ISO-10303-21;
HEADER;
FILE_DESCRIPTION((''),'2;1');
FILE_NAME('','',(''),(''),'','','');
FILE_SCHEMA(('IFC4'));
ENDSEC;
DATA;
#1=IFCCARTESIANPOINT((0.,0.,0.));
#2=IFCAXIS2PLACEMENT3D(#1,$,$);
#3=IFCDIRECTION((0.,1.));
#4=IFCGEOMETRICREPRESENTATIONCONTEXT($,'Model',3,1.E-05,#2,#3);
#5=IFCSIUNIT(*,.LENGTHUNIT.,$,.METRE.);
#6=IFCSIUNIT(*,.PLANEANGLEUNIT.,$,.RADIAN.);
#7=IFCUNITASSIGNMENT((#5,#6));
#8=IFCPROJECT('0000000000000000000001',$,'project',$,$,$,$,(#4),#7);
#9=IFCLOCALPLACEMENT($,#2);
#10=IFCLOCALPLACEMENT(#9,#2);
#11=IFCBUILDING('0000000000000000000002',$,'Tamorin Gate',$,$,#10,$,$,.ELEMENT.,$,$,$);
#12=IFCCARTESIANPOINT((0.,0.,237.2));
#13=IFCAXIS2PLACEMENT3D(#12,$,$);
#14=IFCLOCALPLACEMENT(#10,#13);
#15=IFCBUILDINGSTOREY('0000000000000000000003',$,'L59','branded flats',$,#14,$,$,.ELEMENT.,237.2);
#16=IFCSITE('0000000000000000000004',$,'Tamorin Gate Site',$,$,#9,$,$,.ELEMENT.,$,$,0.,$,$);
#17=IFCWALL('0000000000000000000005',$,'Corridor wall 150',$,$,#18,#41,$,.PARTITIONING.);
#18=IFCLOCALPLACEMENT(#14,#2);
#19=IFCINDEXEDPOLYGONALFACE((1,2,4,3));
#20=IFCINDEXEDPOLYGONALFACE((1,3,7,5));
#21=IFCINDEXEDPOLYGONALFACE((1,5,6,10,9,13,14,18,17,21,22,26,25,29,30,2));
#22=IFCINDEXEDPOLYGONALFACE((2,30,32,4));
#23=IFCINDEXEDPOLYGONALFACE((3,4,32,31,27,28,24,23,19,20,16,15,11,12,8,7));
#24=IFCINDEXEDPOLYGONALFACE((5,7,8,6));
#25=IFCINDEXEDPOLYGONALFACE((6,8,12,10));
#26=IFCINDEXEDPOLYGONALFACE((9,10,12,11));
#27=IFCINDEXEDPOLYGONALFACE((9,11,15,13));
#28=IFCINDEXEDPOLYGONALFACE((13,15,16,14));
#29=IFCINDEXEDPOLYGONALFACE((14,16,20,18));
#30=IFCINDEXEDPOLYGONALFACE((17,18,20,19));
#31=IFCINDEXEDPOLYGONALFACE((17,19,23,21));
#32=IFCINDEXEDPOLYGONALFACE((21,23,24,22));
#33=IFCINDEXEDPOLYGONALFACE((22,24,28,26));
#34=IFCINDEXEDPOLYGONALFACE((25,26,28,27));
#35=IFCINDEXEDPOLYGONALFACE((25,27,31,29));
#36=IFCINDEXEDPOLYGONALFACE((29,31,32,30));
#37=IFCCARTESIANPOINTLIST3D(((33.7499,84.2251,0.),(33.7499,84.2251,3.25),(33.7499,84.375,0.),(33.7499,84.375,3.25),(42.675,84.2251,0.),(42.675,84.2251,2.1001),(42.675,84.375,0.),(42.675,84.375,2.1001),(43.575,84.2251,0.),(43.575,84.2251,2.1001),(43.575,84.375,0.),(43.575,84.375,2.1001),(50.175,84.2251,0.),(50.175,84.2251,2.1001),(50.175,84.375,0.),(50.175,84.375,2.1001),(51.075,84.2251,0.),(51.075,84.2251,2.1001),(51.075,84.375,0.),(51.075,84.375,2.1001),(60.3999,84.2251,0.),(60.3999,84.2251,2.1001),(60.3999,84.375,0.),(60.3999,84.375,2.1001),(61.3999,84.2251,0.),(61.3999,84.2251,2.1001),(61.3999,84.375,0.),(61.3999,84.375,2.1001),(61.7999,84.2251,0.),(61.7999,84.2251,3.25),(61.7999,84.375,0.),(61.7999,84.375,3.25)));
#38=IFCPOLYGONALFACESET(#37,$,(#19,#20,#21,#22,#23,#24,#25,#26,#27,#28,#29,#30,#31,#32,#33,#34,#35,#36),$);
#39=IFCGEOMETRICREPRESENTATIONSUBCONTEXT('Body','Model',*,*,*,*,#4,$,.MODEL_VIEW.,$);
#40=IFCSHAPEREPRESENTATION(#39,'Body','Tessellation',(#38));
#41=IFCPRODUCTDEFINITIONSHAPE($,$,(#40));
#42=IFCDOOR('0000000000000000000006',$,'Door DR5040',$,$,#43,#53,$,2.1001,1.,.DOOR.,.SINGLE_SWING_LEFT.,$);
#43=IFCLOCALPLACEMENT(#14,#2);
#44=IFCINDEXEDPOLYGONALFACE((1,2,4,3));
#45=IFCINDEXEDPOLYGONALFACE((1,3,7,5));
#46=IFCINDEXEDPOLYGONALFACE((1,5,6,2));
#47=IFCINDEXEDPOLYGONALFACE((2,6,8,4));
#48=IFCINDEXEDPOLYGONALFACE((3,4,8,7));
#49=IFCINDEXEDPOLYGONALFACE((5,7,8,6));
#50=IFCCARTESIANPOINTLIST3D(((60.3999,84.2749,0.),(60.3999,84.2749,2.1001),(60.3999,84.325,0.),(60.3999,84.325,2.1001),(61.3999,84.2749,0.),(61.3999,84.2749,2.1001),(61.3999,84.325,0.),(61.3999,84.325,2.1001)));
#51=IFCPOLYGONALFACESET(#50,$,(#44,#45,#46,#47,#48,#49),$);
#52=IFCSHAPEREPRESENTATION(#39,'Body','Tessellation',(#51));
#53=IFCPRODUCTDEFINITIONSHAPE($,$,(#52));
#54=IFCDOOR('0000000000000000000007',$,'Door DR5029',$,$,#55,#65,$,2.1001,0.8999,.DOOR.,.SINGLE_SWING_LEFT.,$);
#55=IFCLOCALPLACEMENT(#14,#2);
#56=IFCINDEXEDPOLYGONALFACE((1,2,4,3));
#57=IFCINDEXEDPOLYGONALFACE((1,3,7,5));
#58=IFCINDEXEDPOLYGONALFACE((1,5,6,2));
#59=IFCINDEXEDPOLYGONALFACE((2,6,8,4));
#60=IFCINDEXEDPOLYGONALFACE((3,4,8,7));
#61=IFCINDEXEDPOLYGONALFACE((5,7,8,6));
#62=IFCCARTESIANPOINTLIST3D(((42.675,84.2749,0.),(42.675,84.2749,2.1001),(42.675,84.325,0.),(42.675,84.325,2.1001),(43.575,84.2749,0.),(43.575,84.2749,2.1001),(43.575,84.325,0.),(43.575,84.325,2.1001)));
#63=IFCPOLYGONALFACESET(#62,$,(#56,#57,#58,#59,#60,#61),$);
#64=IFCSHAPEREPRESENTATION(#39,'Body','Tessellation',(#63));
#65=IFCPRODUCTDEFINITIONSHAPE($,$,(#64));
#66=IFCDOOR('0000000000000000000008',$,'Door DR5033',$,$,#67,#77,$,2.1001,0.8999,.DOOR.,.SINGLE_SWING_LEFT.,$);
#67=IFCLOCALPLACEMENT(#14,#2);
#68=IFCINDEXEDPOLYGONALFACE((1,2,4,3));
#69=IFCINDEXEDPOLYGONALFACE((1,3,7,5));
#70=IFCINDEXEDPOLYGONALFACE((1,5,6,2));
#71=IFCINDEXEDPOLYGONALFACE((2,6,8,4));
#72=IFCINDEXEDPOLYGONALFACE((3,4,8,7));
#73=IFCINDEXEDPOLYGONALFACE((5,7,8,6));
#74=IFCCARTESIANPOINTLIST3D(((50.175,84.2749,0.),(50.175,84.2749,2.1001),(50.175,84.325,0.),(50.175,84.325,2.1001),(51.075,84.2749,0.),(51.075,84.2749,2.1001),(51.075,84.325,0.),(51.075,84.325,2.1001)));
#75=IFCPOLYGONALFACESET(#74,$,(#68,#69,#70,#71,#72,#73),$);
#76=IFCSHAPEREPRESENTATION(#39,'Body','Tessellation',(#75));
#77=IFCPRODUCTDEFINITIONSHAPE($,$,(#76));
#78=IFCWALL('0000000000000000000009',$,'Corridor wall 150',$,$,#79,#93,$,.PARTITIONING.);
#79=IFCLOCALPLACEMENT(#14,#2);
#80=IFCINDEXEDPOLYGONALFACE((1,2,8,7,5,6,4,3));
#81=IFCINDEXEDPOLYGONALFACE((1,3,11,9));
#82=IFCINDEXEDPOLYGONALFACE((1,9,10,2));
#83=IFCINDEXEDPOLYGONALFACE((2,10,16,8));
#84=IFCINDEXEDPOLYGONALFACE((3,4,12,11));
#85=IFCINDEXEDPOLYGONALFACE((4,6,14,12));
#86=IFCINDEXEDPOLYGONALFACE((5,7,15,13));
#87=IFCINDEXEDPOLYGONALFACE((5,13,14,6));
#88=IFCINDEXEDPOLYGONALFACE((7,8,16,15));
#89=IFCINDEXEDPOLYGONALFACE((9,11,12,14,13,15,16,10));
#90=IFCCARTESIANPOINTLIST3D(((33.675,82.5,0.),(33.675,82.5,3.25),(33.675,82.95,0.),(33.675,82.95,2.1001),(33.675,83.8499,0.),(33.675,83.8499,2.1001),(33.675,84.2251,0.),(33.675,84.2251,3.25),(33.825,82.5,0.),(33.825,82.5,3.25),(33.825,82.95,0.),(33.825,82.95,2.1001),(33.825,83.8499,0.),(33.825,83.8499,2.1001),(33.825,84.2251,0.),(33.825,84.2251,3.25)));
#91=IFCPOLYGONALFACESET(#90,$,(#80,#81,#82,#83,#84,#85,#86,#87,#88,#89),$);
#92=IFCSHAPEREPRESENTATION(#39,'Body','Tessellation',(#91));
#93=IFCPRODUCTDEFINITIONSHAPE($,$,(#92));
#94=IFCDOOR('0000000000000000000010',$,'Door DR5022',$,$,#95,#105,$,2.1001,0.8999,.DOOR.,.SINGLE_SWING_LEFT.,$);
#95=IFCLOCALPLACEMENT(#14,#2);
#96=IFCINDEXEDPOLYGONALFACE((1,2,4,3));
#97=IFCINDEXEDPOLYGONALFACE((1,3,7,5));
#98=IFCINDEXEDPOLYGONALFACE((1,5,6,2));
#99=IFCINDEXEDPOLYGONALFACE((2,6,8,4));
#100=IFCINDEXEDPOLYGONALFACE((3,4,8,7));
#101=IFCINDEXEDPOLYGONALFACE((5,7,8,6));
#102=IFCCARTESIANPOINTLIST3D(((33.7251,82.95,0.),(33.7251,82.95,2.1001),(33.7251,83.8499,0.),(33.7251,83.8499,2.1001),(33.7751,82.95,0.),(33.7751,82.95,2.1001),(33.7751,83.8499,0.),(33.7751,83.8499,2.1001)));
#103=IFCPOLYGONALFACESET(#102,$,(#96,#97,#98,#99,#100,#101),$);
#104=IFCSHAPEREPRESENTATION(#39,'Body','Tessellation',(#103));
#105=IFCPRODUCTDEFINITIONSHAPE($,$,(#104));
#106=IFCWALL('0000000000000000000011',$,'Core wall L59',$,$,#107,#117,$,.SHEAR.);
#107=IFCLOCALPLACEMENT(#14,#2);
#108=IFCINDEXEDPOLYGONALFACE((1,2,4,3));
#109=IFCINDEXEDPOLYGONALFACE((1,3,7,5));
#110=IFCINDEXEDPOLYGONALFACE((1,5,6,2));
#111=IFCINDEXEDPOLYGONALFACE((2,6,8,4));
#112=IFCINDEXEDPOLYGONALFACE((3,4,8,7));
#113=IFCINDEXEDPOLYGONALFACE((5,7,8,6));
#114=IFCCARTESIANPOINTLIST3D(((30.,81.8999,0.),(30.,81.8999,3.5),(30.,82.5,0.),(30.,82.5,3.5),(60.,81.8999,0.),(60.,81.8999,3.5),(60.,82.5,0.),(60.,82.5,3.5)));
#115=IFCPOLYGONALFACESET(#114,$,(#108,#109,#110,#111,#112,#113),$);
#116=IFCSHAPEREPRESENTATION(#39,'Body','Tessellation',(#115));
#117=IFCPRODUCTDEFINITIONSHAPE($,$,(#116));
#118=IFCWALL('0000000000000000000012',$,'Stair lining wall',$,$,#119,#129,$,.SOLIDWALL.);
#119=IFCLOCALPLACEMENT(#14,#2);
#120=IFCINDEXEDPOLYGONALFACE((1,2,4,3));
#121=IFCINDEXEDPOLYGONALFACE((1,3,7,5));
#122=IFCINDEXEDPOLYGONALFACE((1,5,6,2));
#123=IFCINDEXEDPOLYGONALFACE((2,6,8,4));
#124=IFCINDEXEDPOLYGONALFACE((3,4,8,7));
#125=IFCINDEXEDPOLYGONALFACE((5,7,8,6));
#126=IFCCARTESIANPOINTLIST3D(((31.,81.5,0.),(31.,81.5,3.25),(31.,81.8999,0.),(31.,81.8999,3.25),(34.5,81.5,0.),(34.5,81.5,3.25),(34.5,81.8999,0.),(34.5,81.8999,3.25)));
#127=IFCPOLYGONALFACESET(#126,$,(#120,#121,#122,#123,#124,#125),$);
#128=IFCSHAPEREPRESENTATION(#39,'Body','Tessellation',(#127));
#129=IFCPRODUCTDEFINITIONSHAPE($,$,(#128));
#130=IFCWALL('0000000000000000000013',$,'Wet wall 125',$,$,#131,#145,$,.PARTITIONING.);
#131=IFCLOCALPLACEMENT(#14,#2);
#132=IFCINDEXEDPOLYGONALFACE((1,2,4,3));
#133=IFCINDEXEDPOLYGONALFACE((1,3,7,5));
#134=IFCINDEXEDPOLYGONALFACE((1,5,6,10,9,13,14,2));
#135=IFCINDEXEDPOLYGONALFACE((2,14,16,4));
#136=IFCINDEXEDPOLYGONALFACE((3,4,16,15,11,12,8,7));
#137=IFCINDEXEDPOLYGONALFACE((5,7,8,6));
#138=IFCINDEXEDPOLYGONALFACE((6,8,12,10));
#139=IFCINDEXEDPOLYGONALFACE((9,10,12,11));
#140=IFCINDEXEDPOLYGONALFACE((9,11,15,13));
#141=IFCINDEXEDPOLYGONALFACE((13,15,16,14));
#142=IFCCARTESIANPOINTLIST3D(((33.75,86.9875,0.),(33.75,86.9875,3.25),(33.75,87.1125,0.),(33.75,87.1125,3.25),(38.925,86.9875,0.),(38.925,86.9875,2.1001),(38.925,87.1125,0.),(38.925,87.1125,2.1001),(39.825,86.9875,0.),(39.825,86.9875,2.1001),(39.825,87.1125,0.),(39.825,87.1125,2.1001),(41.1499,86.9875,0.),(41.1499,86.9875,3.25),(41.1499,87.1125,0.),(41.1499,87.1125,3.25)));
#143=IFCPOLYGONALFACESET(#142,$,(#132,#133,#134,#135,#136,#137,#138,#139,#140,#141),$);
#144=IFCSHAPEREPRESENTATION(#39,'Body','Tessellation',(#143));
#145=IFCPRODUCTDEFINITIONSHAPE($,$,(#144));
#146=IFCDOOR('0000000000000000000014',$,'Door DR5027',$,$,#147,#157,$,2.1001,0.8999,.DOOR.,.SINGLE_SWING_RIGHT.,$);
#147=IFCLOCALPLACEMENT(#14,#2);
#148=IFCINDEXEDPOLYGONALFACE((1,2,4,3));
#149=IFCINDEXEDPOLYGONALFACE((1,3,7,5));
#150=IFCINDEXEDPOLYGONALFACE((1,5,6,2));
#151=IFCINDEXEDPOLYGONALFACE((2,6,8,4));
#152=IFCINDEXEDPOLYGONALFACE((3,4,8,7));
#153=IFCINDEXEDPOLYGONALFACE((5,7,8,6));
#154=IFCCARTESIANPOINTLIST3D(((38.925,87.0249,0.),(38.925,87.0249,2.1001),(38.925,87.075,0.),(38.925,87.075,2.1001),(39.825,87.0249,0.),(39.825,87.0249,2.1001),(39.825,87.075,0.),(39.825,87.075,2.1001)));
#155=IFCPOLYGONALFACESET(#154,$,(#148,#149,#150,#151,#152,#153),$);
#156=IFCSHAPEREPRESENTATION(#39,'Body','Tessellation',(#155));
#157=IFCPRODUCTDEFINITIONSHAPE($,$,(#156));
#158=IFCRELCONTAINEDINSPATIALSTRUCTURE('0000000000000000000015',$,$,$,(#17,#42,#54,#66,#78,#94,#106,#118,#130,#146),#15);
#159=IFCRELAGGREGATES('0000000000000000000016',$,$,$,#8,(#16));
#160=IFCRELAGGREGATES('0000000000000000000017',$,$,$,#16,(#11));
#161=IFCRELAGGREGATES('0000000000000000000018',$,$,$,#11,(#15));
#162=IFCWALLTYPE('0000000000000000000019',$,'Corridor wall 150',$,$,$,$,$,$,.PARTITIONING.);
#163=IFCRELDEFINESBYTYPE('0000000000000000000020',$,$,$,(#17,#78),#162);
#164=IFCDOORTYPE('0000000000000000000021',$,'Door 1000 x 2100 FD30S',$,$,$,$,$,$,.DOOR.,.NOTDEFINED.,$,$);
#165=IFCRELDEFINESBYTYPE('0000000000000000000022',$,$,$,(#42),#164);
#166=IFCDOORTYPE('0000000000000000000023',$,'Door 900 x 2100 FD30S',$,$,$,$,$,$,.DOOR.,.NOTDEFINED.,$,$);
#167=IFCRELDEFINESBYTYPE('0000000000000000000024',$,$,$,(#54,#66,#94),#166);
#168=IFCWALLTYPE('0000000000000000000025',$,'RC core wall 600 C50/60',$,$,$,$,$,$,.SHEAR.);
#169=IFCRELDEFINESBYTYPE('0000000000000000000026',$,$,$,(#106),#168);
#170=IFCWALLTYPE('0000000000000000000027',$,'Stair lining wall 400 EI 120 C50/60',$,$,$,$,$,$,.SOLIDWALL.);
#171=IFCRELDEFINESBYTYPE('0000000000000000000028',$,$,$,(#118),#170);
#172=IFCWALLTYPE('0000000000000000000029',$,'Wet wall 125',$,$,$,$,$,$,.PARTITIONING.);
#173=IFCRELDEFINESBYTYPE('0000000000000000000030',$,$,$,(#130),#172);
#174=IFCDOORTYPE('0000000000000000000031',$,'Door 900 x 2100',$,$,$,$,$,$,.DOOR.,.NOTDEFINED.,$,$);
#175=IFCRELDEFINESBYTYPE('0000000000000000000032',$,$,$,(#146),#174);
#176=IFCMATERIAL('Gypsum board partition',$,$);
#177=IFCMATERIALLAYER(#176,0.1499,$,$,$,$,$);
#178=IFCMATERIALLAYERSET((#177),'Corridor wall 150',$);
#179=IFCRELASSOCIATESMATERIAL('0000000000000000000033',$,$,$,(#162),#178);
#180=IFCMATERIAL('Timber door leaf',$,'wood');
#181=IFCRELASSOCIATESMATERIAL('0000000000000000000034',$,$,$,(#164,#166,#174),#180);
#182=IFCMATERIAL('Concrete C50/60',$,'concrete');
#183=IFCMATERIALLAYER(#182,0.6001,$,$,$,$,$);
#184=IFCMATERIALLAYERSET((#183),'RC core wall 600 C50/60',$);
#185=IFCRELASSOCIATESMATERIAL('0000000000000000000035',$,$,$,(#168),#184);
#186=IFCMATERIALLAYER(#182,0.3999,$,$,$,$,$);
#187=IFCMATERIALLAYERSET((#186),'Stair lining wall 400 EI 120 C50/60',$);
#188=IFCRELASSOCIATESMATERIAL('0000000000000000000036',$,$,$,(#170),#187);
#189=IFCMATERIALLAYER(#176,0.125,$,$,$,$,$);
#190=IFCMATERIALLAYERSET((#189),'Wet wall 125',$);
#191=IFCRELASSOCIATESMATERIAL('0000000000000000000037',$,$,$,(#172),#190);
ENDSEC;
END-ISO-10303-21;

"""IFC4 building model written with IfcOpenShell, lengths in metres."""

from ifc_helpers import new_model, si_unit, direction, frame, frame_2d, origin, place, context, subcontext, project, spatial, rectangle, extrude, material, layer, layer_set, type_object, element, fill, save


model = new_model("IFC4")

# Units and contexts
model_context = context("Model", 3, precision=1e-05, world=origin(), true_north=direction((0.0, 1.0)))
body_context = subcontext(model_context, "Body", "Model", "MODEL_VIEW")
ifc_project = project(units=[si_unit("LENGTHUNIT", "METRE"), si_unit("PLANEANGLEUNIT", "RADIAN")], contexts=[model_context])

# Site, building, storey
site_placement = place(None, origin())
site = spatial("IfcSite", under=ifc_project, at=site_placement, Name="Tamorin Gate Site", CompositionType="ELEMENT", RefElevation=0.0)
building_placement = place(site_placement, origin())
building = spatial("IfcBuilding", under=site, at=building_placement, Name="Tamorin Gate", CompositionType="ELEMENT")
storey_placement = place(building_placement, frame((0.0, 0.0, 237.2)))
storey = spatial("IfcBuildingStorey", under=building, at=storey_placement, Name="L59", Description="branded flats", CompositionType="ELEMENT", Elevation=237.2)

# Wall, openings, doors
ifc_material_1 = material(Name="Gypsum board partition")
ifc_layer_1 = layer(ifc_material_1, 0.1499)
ifc_layer_set_1 = layer_set([ifc_layer_1], Name="Corridor wall 150")
wall_type_1 = type_object("IfcWallType", Name="Corridor wall 150", PredefinedType="PARTITIONING", material=ifc_layer_set_1)
wall_1_placement = place(storey_placement, frame((33.75, 84.3, 0.0), z_axis=(0.0, 0.0, 1.0), x_axis=(1.0, 0.0, 0.0)))
wall_1 = element("IfcWall", 1, at=wall_1_placement, inside=storey, type_object=wall_type_1, Name="Corridor wall 150", PredefinedType="PARTITIONING", context=body_context, shape_type="SweptSolid", body=[
    extrude(rectangle(XDim=28.05, YDim=0.1499, at=frame_2d((14.0249, 0.0))), origin(), (0.0, 0.0, 1.0), 3.25),
])
opening_1_placement = place(wall_1_placement, frame((8.925, 0.0, 0.0)))
opening_1 = element("IfcOpeningElement", 2, at=opening_1_placement, cuts=wall_1, PredefinedType="OPENING", context=body_context, shape_type="SweptSolid", body=[
    extrude(rectangle(XDim=0.8999, YDim=2.1001, at=frame_2d((0.45, 1.05))), frame((0.0, 0.085, 0.0), z_axis=(0.0, -1.0, 0.0), x_axis=(1.0, 0.0, 0.0)), (0.0, 0.0, 1.0), 0.1699),
])
opening_2_placement = place(wall_1_placement, frame((16.425, 0.0, 0.0)))
opening_2 = element("IfcOpeningElement", 3, at=opening_2_placement, cuts=wall_1, PredefinedType="OPENING", context=body_context, shape_type="SweptSolid", body=[
    extrude(rectangle(XDim=0.8999, YDim=2.1001, at=frame_2d((0.45, 1.05))), frame((0.0, 0.085, 0.0), z_axis=(0.0, -1.0, 0.0), x_axis=(1.0, 0.0, 0.0)), (0.0, 0.0, 1.0), 0.1699),
])
opening_3_placement = place(wall_1_placement, frame((26.6499, 0.0, 0.0)))
opening_3 = element("IfcOpeningElement", 4, at=opening_3_placement, cuts=wall_1, PredefinedType="OPENING", context=body_context, shape_type="SweptSolid", body=[
    extrude(rectangle(XDim=1.0, YDim=2.1001, at=frame_2d((0.5, 1.05))), frame((0.0, 0.085, 0.0), z_axis=(0.0, -1.0, 0.0), x_axis=(1.0, 0.0, 0.0)), (0.0, 0.0, 1.0), 0.1699),
])
ifc_material_2 = material(Name="Timber door leaf", Category="wood")
door_type_1 = type_object("IfcDoorType", Name="Door 1000 x 2100 FD30S", OperationType="NOTDEFINED", PredefinedType="DOOR", material=ifc_material_2)
door_1_placement = place(opening_3_placement, origin())
door_1 = element("IfcDoor", 5, at=door_1_placement, inside=storey, type_object=door_type_1, Name="Door DR5040", OperationType="SINGLE_SWING_LEFT", OverallHeight=2.1001, OverallWidth=1.0, PredefinedType="DOOR", context=body_context, shape_type="SweptSolid", body=[
    extrude(rectangle(XDim=1.0, YDim=2.1001, at=frame_2d((0.5, 1.05))), frame((0.0, 0.0249, 0.0), z_axis=(0.0, -1.0, 0.0), x_axis=(1.0, 0.0, 0.0)), (0.0, 0.0, 1.0), 0.05),
])
fill(opening_3, door_1)
door_type_2 = type_object("IfcDoorType", Name="Door 900 x 2100 FD30S", OperationType="NOTDEFINED", PredefinedType="DOOR", material=ifc_material_2)
door_2_placement = place(opening_1_placement, origin())
door_2 = element("IfcDoor", 6, at=door_2_placement, inside=storey, type_object=door_type_2, Name="Door DR5029", OperationType="SINGLE_SWING_LEFT", OverallHeight=2.1001, OverallWidth=0.8999, PredefinedType="DOOR", context=body_context, shape_type="SweptSolid", body=[
    extrude(rectangle(XDim=0.8999, YDim=2.1001, at=frame_2d((0.45, 1.05))), frame((0.0, 0.0249, 0.0), z_axis=(0.0, -1.0, 0.0), x_axis=(1.0, 0.0, 0.0)), (0.0, 0.0, 1.0), 0.05),
])
fill(opening_1, door_2)
door_3_placement = place(opening_2_placement, origin())
door_3 = element("IfcDoor", 7, at=door_3_placement, inside=storey, type_object=door_type_2, Name="Door DR5033", OperationType="SINGLE_SWING_LEFT", OverallHeight=2.1001, OverallWidth=0.8999, PredefinedType="DOOR", context=body_context, shape_type="SweptSolid", body=[
    extrude(rectangle(XDim=0.8999, YDim=2.1001, at=frame_2d((0.45, 1.05))), frame((0.0, 0.0249, 0.0), z_axis=(0.0, -1.0, 0.0), x_axis=(1.0, 0.0, 0.0)), (0.0, 0.0, 1.0), 0.05),
])
fill(opening_2, door_3)

# Wall, opening, door
wall_2_placement = place(storey_placement, frame((33.75, 82.5, 0.0), z_axis=(0.0, 0.0, 1.0), x_axis=(0.0, 1.0, 0.0)))
wall_2 = element("IfcWall", 8, at=wall_2_placement, inside=storey, type_object=wall_type_1, Name="Corridor wall 150", PredefinedType="PARTITIONING", context=body_context, shape_type="SweptSolid", body=[
    extrude(rectangle(XDim=1.7251, YDim=0.1499, at=frame_2d((0.8625, 0.0))), origin(), (0.0, 0.0, 1.0), 3.25),
])
opening_4_placement = place(wall_2_placement, frame((0.45, 0.0, 0.0)))
opening_4 = element("IfcOpeningElement", 9, at=opening_4_placement, cuts=wall_2, PredefinedType="OPENING", context=body_context, shape_type="SweptSolid", body=[
    extrude(rectangle(XDim=0.8999, YDim=2.1001, at=frame_2d((0.45, 1.05))), frame((0.0, 0.085, 0.0), z_axis=(0.0, -1.0, 0.0), x_axis=(1.0, 0.0, 0.0)), (0.0, 0.0, 1.0), 0.1699),
])
door_4_placement = place(opening_4_placement, origin())
door_4 = element("IfcDoor", 10, at=door_4_placement, inside=storey, type_object=door_type_2, Name="Door DR5022", OperationType="SINGLE_SWING_LEFT", OverallHeight=2.1001, OverallWidth=0.8999, PredefinedType="DOOR", context=body_context, shape_type="SweptSolid", body=[
    extrude(rectangle(XDim=0.8999, YDim=2.1001, at=frame_2d((0.45, 1.05))), frame((0.0, 0.0249, 0.0), z_axis=(0.0, -1.0, 0.0), x_axis=(1.0, 0.0, 0.0)), (0.0, 0.0, 1.0), 0.05),
])
fill(opening_4, door_4)

# Walls
ifc_material_3 = material(Name="Concrete C50/60", Category="concrete")
ifc_layer_2 = layer(ifc_material_3, 0.6001)
ifc_layer_set_2 = layer_set([ifc_layer_2], Name="RC core wall 600 C50/60")
wall_type_2 = type_object("IfcWallType", Name="RC core wall 600 C50/60", PredefinedType="SHEAR", material=ifc_layer_set_2)
wall_3_placement = place(storey_placement, frame((30.0, 82.2, 0.0), z_axis=(0.0, 0.0, 1.0), x_axis=(1.0, 0.0, 0.0)))
element("IfcWall", 11, at=wall_3_placement, inside=storey, type_object=wall_type_2, Name="Core wall L59", PredefinedType="SHEAR", context=body_context, shape_type="SweptSolid", body=[
    extrude(rectangle(XDim=30.0, YDim=0.6001, at=frame_2d((15.0, 0.0))), origin(), (0.0, 0.0, 1.0), 3.5),
])
ifc_layer_3 = layer(ifc_material_3, 0.3999)
ifc_layer_set_3 = layer_set([ifc_layer_3], Name="Stair lining wall 400 EI 120 C50/60")
wall_type_3 = type_object("IfcWallType", Name="Stair lining wall 400 EI 120 C50/60", PredefinedType="SOLIDWALL", material=ifc_layer_set_3)
wall_4_placement = place(storey_placement, frame((31.0, 81.7, 0.0), z_axis=(0.0, 0.0, 1.0), x_axis=(1.0, 0.0, 0.0)))
element("IfcWall", 12, at=wall_4_placement, inside=storey, type_object=wall_type_3, Name="Stair lining wall", PredefinedType="SOLIDWALL", context=body_context, shape_type="SweptSolid", body=[
    extrude(rectangle(XDim=3.5, YDim=0.3999, at=frame_2d((1.75, 0.0))), origin(), (0.0, 0.0, 1.0), 3.25),
])

# Wall, opening, door
ifc_layer_4 = layer(ifc_material_1, 0.125)
ifc_layer_set_4 = layer_set([ifc_layer_4], Name="Wet wall 125")
wall_type_4 = type_object("IfcWallType", Name="Wet wall 125", PredefinedType="PARTITIONING", material=ifc_layer_set_4)
wall_5_placement = place(storey_placement, frame((33.75, 87.05, 0.0), z_axis=(0.0, 0.0, 1.0), x_axis=(1.0, 0.0, 0.0)))
wall_5 = element("IfcWall", 13, at=wall_5_placement, inside=storey, type_object=wall_type_4, Name="Wet wall 125", PredefinedType="PARTITIONING", context=body_context, shape_type="SweptSolid", body=[
    extrude(rectangle(XDim=7.3999, YDim=0.125, at=frame_2d((3.7, 0.0))), origin(), (0.0, 0.0, 1.0), 3.25),
])
opening_5_placement = place(wall_5_placement, frame((5.175, 0.0, 0.0)))
opening_5 = element("IfcOpeningElement", 14, at=opening_5_placement, cuts=wall_5, PredefinedType="OPENING", context=body_context, shape_type="SweptSolid", body=[
    extrude(rectangle(XDim=0.8999, YDim=2.1001, at=frame_2d((0.45, 1.05))), frame((0.0, 0.0725, 0.0), z_axis=(0.0, -1.0, 0.0), x_axis=(1.0, 0.0, 0.0)), (0.0, 0.0, 1.0), 0.145),
])
door_type_3 = type_object("IfcDoorType", Name="Door 900 x 2100", OperationType="NOTDEFINED", PredefinedType="DOOR", material=ifc_material_2)
door_5_placement = place(opening_5_placement, origin())
door_5 = element("IfcDoor", 15, at=door_5_placement, inside=storey, type_object=door_type_3, Name="Door DR5027", OperationType="SINGLE_SWING_RIGHT", OverallHeight=2.1001, OverallWidth=0.8999, PredefinedType="DOOR", context=body_context, shape_type="SweptSolid", body=[
    extrude(rectangle(XDim=0.8999, YDim=2.1001, at=frame_2d((0.45, 1.05))), frame((0.0, 0.0249, 0.0), z_axis=(0.0, -1.0, 0.0), x_axis=(1.0, 0.0, 0.0)), (0.0, 0.0, 1.0), 0.05),
])
fill(opening_5, door_5)

save(model, "model.ifc")
